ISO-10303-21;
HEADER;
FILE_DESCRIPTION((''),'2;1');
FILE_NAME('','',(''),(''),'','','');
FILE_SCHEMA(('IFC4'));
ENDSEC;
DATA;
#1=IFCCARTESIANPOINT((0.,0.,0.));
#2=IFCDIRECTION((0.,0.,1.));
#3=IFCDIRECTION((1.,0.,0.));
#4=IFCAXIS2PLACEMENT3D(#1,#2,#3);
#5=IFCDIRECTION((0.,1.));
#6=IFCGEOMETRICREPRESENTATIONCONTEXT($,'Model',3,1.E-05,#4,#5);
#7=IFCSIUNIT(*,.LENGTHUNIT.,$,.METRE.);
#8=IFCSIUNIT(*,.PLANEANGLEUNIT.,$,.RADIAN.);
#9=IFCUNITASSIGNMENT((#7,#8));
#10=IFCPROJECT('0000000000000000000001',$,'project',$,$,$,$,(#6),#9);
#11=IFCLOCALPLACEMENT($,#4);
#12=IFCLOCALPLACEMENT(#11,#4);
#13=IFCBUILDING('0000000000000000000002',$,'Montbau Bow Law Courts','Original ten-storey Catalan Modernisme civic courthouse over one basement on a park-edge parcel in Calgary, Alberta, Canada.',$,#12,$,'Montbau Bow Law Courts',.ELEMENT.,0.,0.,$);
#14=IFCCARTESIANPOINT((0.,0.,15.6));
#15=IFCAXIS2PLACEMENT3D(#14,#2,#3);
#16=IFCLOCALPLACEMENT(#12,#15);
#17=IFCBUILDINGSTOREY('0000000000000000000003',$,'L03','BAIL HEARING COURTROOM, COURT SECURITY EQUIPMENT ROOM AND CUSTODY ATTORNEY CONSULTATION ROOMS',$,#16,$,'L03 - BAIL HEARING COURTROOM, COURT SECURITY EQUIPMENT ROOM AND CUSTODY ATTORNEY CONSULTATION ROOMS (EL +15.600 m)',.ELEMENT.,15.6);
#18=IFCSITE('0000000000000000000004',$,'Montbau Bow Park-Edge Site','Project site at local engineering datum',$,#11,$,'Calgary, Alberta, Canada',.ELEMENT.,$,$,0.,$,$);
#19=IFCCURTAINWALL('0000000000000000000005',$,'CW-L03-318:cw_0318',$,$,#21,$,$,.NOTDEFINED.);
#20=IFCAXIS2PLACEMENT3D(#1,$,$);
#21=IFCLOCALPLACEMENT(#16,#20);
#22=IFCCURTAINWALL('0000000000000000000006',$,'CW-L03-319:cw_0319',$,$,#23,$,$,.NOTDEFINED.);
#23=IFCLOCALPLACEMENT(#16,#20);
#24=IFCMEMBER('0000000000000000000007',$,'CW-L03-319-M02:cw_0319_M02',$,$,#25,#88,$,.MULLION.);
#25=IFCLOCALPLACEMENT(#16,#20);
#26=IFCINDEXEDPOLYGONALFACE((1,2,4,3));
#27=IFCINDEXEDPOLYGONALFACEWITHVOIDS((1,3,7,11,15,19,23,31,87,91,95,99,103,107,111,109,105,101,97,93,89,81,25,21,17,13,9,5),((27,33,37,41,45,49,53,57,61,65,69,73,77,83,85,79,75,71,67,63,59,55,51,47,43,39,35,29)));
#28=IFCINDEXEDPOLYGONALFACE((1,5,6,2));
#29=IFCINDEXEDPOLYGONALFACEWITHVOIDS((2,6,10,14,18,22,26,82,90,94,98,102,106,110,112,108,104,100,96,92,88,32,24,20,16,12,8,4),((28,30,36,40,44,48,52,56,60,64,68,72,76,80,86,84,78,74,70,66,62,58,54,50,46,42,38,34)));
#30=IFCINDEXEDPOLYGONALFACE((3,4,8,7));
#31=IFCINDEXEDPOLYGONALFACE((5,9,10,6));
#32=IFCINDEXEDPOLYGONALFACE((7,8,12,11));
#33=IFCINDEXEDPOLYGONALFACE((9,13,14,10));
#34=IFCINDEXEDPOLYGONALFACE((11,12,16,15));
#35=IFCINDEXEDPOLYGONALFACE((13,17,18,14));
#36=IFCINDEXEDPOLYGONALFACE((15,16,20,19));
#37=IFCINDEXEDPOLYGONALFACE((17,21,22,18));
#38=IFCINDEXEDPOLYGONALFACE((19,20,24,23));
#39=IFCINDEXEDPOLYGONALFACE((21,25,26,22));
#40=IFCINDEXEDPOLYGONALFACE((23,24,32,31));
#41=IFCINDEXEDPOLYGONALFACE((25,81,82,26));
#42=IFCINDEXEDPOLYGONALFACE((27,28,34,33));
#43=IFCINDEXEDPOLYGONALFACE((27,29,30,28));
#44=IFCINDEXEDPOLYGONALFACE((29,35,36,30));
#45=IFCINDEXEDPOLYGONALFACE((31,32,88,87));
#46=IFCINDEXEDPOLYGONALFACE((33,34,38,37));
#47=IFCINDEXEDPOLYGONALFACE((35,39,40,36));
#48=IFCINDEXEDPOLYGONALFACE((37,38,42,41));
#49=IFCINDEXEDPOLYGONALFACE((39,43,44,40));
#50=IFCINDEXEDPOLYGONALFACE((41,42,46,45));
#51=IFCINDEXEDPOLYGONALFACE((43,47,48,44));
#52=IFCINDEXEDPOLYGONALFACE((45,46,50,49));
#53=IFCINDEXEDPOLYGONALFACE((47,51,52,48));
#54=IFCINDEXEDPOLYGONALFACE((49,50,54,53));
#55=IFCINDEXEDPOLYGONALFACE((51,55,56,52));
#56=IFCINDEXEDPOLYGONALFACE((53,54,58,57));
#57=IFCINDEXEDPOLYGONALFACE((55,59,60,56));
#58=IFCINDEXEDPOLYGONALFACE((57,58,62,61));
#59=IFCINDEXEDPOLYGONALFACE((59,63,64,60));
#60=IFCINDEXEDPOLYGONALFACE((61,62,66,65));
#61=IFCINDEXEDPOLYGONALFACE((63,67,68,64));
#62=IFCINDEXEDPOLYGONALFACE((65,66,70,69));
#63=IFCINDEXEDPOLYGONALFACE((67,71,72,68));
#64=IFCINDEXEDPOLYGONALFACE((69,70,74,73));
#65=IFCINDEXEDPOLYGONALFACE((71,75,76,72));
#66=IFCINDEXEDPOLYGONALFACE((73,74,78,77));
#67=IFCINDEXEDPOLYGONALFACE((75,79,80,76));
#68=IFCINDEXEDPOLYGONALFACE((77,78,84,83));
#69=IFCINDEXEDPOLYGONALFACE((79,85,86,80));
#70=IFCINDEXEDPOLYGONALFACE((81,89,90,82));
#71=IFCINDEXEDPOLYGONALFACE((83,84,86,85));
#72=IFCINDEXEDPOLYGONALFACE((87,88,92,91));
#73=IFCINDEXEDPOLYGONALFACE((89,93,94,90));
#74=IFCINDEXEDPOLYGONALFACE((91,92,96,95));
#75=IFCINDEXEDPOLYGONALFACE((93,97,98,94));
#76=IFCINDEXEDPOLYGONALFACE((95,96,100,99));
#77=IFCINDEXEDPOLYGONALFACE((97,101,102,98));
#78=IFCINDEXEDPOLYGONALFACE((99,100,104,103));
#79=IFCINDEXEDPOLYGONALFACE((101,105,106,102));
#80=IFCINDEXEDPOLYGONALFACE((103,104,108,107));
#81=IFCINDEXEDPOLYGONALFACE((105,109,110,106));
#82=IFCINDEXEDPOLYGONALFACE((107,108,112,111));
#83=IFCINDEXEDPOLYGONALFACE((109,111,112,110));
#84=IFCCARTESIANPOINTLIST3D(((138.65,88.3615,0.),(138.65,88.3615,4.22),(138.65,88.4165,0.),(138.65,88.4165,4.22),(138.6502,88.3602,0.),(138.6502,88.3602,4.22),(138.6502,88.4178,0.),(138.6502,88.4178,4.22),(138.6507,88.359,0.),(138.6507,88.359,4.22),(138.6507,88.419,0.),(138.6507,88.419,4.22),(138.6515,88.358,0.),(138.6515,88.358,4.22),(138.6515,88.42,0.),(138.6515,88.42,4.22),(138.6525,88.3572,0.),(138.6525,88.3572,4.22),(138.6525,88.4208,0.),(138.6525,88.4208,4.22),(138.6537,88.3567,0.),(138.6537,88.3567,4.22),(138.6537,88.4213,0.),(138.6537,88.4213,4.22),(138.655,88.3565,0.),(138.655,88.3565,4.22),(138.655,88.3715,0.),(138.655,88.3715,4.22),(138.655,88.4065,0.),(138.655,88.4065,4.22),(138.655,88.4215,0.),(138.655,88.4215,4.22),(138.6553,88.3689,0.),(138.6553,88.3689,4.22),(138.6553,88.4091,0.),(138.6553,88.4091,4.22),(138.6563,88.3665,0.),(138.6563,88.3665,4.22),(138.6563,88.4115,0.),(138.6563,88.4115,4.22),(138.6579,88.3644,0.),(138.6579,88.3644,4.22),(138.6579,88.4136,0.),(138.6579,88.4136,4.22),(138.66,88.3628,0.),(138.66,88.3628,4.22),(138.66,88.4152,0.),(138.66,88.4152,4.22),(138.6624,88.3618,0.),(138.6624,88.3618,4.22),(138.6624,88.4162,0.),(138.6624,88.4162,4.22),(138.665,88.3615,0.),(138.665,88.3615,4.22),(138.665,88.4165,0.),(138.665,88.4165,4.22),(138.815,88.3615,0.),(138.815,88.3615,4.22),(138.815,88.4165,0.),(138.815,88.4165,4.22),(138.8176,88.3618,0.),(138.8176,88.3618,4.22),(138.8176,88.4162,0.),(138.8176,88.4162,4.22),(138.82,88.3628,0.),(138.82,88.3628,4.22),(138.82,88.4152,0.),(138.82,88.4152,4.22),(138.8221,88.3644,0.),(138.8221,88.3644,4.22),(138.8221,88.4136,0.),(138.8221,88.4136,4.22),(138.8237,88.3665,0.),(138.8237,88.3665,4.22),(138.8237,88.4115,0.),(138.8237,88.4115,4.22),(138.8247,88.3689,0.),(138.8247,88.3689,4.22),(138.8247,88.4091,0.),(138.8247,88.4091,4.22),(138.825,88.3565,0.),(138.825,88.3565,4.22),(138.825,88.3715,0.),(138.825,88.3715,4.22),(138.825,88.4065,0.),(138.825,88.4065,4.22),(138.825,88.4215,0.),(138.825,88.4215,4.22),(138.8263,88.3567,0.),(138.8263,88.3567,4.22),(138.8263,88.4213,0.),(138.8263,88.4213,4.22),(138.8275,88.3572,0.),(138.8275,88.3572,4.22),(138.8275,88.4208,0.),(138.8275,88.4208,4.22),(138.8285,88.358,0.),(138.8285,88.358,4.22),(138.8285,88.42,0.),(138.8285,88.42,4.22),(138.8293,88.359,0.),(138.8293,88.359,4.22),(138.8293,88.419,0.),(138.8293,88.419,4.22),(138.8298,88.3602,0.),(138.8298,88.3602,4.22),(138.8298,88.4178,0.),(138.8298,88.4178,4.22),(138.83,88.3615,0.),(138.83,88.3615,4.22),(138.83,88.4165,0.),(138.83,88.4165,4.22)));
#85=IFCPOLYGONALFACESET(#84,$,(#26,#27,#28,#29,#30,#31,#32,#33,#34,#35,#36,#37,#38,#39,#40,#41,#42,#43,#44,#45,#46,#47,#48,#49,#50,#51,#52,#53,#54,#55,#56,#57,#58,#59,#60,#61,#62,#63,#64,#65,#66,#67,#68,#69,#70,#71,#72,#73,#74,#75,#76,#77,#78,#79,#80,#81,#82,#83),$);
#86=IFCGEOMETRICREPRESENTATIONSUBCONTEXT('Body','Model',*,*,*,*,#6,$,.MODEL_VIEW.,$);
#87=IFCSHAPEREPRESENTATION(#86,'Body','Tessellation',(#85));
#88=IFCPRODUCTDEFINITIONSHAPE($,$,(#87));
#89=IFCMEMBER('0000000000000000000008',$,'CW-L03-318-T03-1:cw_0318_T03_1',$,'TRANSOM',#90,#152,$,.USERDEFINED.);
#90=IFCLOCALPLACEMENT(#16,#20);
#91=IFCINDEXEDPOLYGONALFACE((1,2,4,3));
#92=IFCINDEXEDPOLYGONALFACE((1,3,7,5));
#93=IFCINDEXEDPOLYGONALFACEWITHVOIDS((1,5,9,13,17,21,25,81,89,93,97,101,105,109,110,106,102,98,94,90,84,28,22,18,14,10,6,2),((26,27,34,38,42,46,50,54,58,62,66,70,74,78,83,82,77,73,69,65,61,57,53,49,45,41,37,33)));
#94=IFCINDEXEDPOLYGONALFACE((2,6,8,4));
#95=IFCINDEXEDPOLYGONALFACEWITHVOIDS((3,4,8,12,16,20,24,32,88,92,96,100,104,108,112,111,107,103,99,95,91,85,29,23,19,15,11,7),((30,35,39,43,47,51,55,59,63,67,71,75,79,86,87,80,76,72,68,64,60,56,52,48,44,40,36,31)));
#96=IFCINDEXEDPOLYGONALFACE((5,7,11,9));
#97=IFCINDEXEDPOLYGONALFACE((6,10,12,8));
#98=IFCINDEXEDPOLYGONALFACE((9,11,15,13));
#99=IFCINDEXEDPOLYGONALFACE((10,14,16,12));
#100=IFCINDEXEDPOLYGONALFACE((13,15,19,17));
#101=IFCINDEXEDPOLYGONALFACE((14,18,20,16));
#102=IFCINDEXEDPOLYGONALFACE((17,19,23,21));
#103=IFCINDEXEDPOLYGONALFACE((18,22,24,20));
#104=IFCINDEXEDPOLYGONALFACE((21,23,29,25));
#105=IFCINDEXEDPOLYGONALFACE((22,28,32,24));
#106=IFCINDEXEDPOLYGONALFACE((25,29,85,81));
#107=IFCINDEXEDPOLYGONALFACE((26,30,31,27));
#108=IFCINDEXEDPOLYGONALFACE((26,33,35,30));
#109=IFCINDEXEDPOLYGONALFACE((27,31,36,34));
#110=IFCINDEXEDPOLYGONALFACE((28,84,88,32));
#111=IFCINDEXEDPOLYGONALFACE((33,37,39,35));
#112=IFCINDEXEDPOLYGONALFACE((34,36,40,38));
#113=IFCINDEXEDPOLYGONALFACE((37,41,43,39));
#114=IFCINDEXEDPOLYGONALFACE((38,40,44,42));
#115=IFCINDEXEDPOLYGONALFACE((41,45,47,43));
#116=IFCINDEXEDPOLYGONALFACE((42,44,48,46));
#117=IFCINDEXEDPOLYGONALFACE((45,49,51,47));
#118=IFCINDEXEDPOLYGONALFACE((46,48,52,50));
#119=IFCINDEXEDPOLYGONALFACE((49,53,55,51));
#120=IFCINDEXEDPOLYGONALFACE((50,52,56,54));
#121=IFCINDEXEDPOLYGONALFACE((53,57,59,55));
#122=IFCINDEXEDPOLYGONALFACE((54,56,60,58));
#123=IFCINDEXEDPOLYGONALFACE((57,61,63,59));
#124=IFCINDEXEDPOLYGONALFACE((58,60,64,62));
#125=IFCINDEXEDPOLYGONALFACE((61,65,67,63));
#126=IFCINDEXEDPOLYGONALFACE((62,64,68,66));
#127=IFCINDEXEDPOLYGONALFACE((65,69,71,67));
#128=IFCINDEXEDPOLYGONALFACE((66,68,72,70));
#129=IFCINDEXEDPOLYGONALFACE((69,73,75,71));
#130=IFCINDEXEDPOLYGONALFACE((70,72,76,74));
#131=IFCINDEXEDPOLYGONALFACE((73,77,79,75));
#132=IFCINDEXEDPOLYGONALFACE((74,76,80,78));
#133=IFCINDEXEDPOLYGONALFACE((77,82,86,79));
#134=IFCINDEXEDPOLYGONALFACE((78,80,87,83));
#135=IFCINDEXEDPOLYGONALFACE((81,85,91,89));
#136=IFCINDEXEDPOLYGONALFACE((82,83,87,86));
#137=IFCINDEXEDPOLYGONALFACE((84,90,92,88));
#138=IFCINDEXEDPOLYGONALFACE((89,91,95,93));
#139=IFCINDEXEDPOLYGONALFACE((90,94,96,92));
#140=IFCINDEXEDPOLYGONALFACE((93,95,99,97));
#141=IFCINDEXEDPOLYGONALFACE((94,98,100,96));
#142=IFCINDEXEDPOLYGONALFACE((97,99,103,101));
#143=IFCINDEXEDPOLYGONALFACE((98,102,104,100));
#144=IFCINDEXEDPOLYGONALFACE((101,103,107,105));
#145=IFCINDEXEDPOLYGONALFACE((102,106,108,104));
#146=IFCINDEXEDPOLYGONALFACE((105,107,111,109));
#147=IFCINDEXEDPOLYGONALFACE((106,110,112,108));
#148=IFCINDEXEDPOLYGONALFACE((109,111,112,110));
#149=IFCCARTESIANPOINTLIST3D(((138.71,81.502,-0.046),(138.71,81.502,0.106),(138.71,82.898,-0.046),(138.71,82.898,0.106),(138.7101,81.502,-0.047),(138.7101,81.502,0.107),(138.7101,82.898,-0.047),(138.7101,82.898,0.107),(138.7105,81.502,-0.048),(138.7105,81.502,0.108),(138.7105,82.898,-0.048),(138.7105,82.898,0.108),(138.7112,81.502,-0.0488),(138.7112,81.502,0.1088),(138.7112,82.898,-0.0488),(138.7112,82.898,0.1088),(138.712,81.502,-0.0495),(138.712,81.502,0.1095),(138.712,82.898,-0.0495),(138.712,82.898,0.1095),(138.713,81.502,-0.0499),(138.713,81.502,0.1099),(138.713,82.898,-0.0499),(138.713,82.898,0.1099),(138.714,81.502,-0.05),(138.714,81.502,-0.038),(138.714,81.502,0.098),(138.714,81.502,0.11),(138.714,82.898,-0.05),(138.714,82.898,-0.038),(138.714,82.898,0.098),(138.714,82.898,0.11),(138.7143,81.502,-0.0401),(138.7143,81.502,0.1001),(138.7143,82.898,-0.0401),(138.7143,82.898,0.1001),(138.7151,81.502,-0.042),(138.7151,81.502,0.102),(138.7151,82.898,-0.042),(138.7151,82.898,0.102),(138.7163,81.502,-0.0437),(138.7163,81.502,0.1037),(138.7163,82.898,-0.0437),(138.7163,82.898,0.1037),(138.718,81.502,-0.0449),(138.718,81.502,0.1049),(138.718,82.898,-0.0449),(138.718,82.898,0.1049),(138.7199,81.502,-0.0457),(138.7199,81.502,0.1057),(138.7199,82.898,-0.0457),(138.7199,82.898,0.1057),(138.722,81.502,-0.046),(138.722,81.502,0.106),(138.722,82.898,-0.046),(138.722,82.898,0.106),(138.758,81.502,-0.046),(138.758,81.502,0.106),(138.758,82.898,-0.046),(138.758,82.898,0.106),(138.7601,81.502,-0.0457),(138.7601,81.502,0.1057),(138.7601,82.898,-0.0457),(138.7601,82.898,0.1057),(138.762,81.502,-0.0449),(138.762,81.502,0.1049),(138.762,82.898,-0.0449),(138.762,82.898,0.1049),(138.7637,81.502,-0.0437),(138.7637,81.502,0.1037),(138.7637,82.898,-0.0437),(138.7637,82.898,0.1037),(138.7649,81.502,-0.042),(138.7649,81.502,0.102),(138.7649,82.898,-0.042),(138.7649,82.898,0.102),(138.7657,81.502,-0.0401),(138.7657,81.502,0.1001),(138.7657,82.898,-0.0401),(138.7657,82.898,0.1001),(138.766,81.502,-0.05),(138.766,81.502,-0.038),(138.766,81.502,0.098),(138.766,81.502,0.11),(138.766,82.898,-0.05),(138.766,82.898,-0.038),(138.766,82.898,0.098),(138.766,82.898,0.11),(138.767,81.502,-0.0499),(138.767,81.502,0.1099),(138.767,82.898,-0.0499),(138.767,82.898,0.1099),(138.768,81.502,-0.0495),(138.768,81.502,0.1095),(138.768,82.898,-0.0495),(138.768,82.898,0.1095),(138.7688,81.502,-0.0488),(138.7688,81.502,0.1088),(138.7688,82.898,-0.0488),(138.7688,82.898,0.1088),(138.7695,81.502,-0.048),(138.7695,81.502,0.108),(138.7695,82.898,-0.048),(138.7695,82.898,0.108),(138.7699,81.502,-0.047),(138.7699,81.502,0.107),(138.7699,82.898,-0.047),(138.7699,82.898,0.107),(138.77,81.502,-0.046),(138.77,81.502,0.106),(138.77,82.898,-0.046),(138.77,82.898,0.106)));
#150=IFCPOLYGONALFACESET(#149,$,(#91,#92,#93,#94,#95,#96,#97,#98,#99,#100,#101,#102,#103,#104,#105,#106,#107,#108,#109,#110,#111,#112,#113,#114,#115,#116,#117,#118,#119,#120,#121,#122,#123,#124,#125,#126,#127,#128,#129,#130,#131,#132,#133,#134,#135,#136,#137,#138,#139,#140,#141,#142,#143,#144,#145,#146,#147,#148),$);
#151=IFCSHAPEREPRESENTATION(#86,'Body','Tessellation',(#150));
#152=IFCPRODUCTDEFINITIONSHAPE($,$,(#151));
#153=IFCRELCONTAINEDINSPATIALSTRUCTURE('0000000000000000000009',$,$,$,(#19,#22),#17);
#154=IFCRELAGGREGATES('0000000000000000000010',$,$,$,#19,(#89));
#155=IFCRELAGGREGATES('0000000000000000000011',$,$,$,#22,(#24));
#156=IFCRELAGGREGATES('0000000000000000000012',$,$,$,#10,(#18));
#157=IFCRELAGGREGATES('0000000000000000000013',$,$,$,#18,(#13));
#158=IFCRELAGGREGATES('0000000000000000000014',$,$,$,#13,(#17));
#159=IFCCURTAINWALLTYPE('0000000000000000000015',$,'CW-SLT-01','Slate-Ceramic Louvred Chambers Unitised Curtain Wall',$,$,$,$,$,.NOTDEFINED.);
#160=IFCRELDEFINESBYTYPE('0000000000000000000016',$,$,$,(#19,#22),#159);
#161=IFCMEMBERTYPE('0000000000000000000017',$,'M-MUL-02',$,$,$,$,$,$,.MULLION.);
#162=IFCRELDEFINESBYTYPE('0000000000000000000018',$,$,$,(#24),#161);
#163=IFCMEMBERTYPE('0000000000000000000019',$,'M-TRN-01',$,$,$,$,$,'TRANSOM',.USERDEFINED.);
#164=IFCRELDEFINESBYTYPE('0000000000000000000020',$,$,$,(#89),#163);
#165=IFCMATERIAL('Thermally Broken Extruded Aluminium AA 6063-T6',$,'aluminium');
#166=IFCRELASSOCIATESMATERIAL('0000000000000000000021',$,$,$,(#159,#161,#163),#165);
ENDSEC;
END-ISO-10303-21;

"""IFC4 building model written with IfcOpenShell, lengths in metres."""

from ifc_helpers import new_model, si_unit, direction, frame, origin_with_axes, origin_2d_with_axis, place, context, subcontext, project, spatial, hollow_rectangle, extrude, material, material_profile, profile_set, type_object, element, aggregate, save


model = new_model("IFC4")

# Units and contexts
model_context = context("Model", 3, precision=1e-05, world=origin_with_axes(), true_north=direction((0.0, 1.0)))
body_context = subcontext(model_context, "Body", "Model", "MODEL_VIEW")
ifc_project = project(units=[si_unit("LENGTHUNIT", "METRE"), si_unit("PLANEANGLEUNIT", "RADIAN")], contexts=[model_context])

# Site, building, storey
site_placement = place(None, origin_with_axes())
site = spatial("IfcSite", under=ifc_project, at=site_placement, Name="Montbau Bow Park-Edge Site", Description="Project site at local engineering datum", LongName="Calgary, Alberta, Canada", CompositionType="ELEMENT", RefElevation=0.0)
building_placement = place(site_placement, origin_with_axes())
building = spatial("IfcBuilding", under=site, at=building_placement, Name="Montbau Bow Law Courts", Description="Original ten-storey Catalan Modernisme civic courthouse over one basement on a park-edge parcel in Calgary, Alberta, Canada.", LongName="Montbau Bow Law Courts", CompositionType="ELEMENT", ElevationOfRefHeight=0.0, ElevationOfTerrain=0.0)
storey_placement = place(building_placement, frame((0.0, 0.0, 15.6), z_axis=(0.0, 0.0, 1.0), x_axis=(1.0, 0.0, 0.0)))
storey = spatial("IfcBuildingStorey", under=building, at=storey_placement, Name="L03", Description="BAIL HEARING COURTROOM, COURT SECURITY EQUIPMENT ROOM AND CUSTODY ATTORNEY CONSULTATION ROOMS", LongName="L03 - BAIL HEARING COURTROOM, COURT SECURITY EQUIPMENT ROOM AND CUSTODY ATTORNEY CONSULTATION ROOMS (EL +15.600 m)", CompositionType="ELEMENT", Elevation=15.6)

# Curtain walls, member
ifc_material_1 = material(Name="Thermally Broken Extruded Aluminium AA 6063-T6", Category="aluminium")
curtain_wall_type = type_object("IfcCurtainWallType", Name="CW-SLT-01", Description="Slate-Ceramic Louvred Chambers Unitised Curtain Wall", PredefinedType="NOTDEFINED", material=ifc_material_1)
curtain_wall_1_placement = place(None, frame((138.74, 78.515, 15.6), z_axis=(0.0, 0.0, 1.0), x_axis=(1.0, 0.0, 0.0)))
curtain_wall_1 = element("IfcCurtainWall", 1, at=curtain_wall_1_placement, inside=storey, type_object=curtain_wall_type, Name="CW-L03-318:cw_0318", PredefinedType="NOTDEFINED")
curtain_wall_2_placement = place(None, frame((138.74, 86.915, 15.6), z_axis=(0.0, 0.0, 1.0), x_axis=(1.0, 0.0, 0.0)))
curtain_wall_2 = element("IfcCurtainWall", 2, at=curtain_wall_2_placement, inside=storey, type_object=curtain_wall_type, Name="CW-L03-319:cw_0319", PredefinedType="NOTDEFINED")
ifc_material_profile_1 = material_profile(ifc_material_1, hollow_rectangle(XDim=0.065, YDim=0.18, WallThickness=0.005, InnerFilletRadius=0.01, OuterFilletRadius=0.005, at=origin_2d_with_axis()), Name="CWM-180X65", Category="Main", Priority=0)
ifc_profile_set_1 = profile_set([ifc_material_profile_1], Name="Thermally Broken Extruded Aluminium AA 6063-T6")
member_type_1 = type_object("IfcMemberType", Name="M-MUL-02", PredefinedType="MULLION", material=ifc_profile_set_1)
member_1_placement = place(None, frame((138.74, 88.389, 15.6), z_axis=(0.0, 0.0, 1.0), x_axis=(0.0, 1.0, 0.0)))
member_1 = element("IfcMember", 3, at=member_1_placement, type_object=member_type_1, Name="CW-L03-319-M02:cw_0319_M02", PredefinedType="MULLION", context=body_context, shape_type="SweptSolid", body=[
    extrude(hollow_rectangle(XDim=0.065, YDim=0.18, WallThickness=0.005, InnerFilletRadius=0.01, OuterFilletRadius=0.005, at=origin_2d_with_axis()), origin_with_axes(), (0.0, 0.0, 1.0), 4.22),
])

# Member
ifc_material_profile_2 = material_profile(ifc_material_1, hollow_rectangle(XDim=0.06, YDim=0.16, WallThickness=0.004, InnerFilletRadius=0.008, OuterFilletRadius=0.004, at=origin_2d_with_axis()), Name="CWT-160X60", Category="Main", Priority=0)
ifc_profile_set_2 = profile_set([ifc_material_profile_2], Name="Thermally Broken Extruded Aluminium AA 6063-T6")
member_type_2 = type_object("IfcMemberType", Name="M-TRN-01", ElementType="TRANSOM", PredefinedType="USERDEFINED", material=ifc_profile_set_2)
member_2_placement = place(None, frame((138.74, 81.502, 15.63), z_axis=(0.0, 1.0, 0.0), x_axis=(-1.0, 0.0, 0.0)))
member_2 = element("IfcMember", 4, at=member_2_placement, type_object=member_type_2, Name="CW-L03-318-T03-1:cw_0318_T03_1", ObjectType="TRANSOM", PredefinedType="USERDEFINED", context=body_context, shape_type="SweptSolid", body=[
    extrude(hollow_rectangle(XDim=0.06, YDim=0.16, WallThickness=0.004, InnerFilletRadius=0.008, OuterFilletRadius=0.004, at=origin_2d_with_axis()), origin_with_axes(), (0.0, 0.0, 1.0), 1.396),
])

aggregate(curtain_wall_1, [member_2])
aggregate(curtain_wall_2, [member_1])

save(model, "model.ifc")
